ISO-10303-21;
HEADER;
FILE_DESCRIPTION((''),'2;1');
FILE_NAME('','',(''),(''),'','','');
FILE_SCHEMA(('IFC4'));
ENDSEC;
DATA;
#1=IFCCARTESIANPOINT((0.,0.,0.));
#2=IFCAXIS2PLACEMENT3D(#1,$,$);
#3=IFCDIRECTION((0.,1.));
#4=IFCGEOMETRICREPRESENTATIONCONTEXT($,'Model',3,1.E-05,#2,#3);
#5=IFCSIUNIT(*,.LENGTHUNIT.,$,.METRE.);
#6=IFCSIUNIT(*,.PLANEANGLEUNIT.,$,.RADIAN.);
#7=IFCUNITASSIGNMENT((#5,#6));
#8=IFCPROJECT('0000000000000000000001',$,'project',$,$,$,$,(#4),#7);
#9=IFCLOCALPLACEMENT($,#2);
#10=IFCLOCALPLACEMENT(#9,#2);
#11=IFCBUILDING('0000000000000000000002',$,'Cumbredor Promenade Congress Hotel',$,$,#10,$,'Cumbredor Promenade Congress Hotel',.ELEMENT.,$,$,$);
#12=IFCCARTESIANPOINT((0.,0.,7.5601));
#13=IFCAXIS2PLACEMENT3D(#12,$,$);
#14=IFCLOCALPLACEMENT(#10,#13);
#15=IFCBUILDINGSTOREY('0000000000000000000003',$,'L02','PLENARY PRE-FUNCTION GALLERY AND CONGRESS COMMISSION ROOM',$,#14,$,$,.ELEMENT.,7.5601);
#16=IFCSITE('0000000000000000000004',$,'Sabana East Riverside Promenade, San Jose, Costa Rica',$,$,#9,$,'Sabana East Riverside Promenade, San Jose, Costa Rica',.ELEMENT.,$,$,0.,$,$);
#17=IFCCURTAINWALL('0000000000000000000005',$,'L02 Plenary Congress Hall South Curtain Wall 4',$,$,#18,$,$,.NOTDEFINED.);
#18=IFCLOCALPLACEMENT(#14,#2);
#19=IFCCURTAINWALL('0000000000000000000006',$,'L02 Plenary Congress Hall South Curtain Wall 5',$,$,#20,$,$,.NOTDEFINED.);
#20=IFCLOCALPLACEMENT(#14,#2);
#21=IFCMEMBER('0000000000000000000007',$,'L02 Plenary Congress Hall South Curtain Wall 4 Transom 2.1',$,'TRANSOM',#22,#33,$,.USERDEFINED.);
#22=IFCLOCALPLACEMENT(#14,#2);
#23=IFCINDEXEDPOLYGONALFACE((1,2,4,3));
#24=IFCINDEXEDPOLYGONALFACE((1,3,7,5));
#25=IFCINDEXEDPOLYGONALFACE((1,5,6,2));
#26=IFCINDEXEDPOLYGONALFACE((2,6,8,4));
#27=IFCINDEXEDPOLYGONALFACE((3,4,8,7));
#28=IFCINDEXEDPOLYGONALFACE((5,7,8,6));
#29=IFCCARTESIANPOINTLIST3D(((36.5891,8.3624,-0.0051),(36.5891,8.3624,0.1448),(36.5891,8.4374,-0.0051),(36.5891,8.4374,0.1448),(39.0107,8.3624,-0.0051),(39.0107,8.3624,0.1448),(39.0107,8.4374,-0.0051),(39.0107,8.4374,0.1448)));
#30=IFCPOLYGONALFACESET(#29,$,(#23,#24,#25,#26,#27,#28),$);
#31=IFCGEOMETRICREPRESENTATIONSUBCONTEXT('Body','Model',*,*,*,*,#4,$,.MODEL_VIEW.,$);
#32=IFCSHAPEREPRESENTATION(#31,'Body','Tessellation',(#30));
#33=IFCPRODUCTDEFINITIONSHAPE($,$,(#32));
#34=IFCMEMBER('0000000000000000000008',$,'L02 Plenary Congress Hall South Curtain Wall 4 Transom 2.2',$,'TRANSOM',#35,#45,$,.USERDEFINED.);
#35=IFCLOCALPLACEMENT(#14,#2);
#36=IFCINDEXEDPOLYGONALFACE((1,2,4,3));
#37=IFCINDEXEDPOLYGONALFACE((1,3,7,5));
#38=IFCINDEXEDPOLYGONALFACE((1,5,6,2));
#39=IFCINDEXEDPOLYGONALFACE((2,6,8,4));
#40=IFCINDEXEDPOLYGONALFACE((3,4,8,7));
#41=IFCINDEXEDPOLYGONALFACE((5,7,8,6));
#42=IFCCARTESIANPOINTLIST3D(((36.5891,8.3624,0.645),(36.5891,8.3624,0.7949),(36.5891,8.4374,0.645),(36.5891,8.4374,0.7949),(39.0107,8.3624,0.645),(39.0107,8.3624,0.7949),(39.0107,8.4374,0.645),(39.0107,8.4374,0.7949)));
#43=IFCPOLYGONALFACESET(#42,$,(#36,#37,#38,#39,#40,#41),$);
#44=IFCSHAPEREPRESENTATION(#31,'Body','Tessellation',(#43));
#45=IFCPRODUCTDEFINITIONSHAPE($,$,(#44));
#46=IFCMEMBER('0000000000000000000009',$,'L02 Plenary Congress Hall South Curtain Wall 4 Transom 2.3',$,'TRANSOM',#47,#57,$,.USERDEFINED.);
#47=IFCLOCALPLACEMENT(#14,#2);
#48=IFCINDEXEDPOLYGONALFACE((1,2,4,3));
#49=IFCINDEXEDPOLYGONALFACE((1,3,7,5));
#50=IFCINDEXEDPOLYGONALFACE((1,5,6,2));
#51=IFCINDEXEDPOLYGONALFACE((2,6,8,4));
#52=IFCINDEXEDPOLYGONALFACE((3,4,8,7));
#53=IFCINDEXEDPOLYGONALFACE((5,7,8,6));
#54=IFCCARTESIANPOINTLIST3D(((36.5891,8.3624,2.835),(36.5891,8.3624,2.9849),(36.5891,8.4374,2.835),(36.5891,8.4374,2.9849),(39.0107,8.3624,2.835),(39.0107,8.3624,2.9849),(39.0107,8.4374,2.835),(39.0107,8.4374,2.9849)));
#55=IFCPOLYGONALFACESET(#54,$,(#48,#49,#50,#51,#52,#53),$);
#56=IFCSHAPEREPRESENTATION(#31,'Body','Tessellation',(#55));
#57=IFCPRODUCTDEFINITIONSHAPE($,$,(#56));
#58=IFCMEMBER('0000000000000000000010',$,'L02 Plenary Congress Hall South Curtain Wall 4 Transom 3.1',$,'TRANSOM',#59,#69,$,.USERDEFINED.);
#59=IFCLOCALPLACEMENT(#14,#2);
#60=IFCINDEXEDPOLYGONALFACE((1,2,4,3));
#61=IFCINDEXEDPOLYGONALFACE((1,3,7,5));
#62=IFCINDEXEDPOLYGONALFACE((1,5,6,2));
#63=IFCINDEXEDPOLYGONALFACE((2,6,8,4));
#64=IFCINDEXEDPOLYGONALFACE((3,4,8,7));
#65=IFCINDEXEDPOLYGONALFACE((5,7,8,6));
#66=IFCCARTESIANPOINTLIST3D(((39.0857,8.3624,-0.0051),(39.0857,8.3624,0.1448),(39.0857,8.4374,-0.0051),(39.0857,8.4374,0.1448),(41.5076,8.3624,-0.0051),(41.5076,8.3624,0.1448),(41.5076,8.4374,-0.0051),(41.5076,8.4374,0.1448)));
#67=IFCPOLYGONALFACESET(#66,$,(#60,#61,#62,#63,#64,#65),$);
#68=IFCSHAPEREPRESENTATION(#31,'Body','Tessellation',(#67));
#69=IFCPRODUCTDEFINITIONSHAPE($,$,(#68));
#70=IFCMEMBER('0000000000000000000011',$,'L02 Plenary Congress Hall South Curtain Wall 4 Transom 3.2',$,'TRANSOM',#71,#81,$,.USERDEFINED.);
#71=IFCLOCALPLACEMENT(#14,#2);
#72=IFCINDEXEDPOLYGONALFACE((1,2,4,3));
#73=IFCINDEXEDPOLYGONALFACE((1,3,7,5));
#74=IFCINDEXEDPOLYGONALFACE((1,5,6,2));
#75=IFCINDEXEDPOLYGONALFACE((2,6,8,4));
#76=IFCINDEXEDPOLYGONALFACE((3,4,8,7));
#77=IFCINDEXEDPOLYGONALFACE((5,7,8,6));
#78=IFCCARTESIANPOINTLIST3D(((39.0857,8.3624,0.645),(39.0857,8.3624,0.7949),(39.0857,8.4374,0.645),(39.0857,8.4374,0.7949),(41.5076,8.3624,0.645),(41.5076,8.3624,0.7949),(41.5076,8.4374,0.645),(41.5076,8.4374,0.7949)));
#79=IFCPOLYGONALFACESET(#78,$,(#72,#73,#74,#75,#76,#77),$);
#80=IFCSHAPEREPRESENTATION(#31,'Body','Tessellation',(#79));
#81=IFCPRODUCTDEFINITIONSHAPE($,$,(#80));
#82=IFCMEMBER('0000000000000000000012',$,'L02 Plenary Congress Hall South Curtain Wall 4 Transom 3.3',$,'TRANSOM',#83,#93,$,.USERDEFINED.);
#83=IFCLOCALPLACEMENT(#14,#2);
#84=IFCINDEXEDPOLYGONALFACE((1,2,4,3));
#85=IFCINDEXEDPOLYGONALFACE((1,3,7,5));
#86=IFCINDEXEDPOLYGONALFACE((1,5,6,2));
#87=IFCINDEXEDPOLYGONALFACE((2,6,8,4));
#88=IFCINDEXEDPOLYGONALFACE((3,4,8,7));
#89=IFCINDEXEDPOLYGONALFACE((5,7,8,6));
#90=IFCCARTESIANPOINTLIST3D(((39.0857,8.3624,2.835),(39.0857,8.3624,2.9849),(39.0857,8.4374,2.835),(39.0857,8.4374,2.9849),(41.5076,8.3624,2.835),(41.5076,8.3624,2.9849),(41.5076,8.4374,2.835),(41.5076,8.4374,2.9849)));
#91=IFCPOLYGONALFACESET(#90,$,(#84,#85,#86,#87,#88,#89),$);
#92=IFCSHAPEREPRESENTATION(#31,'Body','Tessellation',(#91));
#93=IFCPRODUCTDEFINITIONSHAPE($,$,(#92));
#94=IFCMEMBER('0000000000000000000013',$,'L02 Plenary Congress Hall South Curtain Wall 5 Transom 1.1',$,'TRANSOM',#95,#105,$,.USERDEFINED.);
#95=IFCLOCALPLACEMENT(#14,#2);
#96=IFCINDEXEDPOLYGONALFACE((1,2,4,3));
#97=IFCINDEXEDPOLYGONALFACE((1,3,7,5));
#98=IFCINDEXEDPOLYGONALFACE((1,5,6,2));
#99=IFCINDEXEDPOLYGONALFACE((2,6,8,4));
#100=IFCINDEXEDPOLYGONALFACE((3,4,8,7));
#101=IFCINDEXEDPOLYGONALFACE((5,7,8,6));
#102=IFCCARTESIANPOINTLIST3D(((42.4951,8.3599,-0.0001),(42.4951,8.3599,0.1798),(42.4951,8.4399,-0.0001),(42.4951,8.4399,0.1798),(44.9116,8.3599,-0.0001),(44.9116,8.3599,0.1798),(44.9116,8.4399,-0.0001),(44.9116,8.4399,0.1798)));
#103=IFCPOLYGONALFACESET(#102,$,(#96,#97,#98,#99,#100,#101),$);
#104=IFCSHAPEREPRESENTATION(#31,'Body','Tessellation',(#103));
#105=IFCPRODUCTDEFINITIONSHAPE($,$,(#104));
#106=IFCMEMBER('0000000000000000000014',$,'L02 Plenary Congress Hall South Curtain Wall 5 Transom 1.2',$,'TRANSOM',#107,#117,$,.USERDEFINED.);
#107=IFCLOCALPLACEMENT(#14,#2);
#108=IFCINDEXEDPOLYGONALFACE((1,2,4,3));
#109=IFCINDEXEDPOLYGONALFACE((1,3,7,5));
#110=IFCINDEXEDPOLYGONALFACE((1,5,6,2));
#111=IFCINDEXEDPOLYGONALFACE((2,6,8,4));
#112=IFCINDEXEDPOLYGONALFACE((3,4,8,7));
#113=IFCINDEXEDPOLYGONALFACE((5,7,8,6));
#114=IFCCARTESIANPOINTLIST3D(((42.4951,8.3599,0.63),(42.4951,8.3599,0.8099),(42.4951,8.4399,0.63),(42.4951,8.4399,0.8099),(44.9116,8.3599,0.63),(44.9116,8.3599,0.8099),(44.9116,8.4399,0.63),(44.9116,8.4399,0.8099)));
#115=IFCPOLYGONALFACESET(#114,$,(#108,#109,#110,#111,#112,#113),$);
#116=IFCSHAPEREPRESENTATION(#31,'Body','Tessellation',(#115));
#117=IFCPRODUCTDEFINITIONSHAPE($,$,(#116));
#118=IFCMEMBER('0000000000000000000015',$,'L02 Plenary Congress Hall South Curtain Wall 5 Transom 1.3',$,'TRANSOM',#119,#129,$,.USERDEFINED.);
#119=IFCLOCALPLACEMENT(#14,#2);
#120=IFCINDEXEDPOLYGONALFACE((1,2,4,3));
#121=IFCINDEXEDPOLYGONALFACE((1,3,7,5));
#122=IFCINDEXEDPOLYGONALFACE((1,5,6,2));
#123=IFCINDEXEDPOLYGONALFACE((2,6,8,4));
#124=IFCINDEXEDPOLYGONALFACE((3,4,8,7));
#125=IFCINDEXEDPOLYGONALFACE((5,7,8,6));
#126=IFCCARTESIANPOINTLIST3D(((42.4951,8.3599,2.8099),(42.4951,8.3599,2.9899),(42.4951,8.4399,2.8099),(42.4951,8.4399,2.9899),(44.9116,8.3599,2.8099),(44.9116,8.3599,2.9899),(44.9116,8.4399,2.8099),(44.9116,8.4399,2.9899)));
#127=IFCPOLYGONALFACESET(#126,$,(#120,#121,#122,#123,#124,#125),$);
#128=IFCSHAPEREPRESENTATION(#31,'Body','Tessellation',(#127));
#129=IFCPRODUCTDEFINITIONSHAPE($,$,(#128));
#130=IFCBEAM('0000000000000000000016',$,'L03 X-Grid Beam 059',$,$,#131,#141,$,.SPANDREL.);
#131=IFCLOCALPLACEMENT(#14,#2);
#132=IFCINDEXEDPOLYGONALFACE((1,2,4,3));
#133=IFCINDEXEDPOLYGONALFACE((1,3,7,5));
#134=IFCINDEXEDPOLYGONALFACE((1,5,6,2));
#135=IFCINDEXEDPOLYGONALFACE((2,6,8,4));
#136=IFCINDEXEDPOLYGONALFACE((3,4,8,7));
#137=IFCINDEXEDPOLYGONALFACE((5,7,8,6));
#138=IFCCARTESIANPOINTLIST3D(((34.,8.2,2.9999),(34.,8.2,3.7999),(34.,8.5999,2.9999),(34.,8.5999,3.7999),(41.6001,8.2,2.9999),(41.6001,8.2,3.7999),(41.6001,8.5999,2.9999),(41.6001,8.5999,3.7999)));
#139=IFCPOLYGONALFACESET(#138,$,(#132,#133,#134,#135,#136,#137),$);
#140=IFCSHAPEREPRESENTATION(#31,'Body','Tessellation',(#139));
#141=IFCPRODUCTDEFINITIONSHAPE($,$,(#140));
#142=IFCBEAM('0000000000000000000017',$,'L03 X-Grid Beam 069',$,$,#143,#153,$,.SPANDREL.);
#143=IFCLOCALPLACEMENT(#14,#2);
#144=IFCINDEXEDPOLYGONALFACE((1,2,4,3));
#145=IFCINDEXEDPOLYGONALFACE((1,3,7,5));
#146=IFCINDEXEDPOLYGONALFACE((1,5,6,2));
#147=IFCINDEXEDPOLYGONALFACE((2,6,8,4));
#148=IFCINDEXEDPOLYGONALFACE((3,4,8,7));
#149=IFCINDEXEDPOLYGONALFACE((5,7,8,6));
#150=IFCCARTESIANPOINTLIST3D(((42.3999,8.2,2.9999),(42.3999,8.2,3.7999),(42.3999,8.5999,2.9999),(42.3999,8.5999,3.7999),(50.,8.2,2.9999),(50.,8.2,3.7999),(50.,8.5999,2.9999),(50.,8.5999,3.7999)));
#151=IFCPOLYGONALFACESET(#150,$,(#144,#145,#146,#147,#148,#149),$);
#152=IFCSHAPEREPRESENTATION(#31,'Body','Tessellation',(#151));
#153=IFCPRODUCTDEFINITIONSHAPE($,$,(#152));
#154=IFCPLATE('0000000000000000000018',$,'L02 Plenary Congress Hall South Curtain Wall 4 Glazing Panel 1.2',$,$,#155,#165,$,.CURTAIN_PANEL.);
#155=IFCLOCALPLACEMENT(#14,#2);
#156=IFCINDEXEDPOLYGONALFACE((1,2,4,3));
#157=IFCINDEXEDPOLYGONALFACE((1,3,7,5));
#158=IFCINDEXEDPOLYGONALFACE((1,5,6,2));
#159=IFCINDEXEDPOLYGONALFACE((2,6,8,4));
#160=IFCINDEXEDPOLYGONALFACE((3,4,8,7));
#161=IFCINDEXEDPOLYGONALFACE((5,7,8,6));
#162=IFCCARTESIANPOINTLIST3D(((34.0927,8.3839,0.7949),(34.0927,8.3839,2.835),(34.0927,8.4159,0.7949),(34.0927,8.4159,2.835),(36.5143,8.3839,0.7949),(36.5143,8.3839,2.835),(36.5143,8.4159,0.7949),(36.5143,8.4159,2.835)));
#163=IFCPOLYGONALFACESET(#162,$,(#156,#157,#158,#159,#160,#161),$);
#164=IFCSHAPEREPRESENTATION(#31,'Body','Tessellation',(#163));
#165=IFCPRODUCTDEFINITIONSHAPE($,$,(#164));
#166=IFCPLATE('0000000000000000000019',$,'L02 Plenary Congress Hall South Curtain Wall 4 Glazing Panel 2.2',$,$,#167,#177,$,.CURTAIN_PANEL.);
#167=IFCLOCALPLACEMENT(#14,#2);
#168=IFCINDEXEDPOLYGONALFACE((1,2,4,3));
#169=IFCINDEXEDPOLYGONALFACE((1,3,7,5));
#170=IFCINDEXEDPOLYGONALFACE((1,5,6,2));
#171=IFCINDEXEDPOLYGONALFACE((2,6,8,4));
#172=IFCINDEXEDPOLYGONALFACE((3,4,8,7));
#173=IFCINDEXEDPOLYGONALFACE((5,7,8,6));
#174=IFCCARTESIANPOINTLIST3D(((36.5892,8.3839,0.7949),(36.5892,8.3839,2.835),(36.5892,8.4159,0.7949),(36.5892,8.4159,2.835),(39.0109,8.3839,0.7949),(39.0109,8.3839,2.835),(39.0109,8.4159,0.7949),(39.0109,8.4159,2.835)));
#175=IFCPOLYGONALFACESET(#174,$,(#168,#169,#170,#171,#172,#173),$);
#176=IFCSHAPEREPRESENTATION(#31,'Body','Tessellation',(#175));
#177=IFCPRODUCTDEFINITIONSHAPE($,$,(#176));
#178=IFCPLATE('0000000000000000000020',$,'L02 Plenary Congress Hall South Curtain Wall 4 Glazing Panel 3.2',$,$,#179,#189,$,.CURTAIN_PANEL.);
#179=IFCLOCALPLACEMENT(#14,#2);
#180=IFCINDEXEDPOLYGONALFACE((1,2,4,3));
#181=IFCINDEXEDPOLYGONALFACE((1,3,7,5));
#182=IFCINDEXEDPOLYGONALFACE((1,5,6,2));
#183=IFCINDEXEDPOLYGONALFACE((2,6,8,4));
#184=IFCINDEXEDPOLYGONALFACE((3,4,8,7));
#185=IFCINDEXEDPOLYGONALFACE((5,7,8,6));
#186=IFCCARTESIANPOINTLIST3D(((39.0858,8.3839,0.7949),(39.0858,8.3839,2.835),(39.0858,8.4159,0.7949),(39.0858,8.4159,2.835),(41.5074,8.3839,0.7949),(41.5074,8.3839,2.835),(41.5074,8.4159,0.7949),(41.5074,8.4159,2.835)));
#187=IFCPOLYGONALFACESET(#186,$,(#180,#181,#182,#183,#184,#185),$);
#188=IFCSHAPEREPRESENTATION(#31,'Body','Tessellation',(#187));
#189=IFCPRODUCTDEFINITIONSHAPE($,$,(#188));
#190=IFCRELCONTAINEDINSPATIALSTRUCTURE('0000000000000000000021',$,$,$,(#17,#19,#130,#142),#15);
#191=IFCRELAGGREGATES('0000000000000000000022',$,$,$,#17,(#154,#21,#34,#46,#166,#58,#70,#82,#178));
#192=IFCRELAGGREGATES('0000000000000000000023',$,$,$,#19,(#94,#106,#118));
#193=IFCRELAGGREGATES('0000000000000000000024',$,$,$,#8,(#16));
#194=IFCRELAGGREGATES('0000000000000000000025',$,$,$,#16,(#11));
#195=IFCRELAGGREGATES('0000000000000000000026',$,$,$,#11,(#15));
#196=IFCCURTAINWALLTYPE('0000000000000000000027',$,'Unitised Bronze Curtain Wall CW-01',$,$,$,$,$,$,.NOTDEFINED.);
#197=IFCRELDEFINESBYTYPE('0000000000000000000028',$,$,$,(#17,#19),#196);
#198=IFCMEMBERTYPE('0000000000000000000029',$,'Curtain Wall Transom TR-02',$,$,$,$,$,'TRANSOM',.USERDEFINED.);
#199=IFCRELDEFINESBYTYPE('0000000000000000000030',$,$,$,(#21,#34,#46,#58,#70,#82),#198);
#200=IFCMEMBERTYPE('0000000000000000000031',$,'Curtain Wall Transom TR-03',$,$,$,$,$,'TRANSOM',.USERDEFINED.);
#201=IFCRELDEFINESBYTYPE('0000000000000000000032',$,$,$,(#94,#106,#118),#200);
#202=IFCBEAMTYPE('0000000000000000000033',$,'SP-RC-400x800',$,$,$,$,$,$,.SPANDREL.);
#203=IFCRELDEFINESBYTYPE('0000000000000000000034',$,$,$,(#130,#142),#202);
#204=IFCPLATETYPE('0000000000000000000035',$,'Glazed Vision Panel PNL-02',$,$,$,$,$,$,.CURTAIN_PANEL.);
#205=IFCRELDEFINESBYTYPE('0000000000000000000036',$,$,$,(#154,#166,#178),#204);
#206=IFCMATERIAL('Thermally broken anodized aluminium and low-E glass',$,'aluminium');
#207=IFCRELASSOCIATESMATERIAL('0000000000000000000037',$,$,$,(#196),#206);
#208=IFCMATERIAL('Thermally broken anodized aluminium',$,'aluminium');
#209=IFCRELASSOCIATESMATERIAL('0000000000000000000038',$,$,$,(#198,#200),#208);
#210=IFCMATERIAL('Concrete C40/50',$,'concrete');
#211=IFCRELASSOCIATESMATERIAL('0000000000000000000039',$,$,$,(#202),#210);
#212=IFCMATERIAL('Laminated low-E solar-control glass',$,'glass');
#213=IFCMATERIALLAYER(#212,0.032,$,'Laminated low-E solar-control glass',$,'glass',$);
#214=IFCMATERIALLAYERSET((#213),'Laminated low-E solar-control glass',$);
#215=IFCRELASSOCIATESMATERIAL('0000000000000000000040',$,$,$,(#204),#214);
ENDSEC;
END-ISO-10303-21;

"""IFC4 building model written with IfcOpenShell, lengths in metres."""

from ifc_helpers import new_model, si_unit, direction, frame, origin, origin_2d, place, context, subcontext, project, spatial, rectangle, extrude, material, layer, layer_set, material_profile, profile_set, type_object, element, aggregate, save


model = new_model("IFC4")

# Units and contexts
model_context = context("Model", 3, precision=1e-05, world=origin(), true_north=direction((0.0, 1.0)))
body_context = subcontext(model_context, "Body", "Model", "MODEL_VIEW")
ifc_project = project(units=[si_unit("LENGTHUNIT", "METRE"), si_unit("PLANEANGLEUNIT", "RADIAN")], contexts=[model_context])

# Site, building, storey
site_placement = place(None, origin())
site = spatial("IfcSite", under=ifc_project, at=site_placement, Name="Sabana East Riverside Promenade, San Jose, Costa Rica", LongName="Sabana East Riverside Promenade, San Jose, Costa Rica", CompositionType="ELEMENT", RefElevation=0.0)
building_placement = place(site_placement, origin())
building = spatial("IfcBuilding", under=site, at=building_placement, Name="Cumbredor Promenade Congress Hotel", LongName="Cumbredor Promenade Congress Hotel", CompositionType="ELEMENT")
storey_placement = place(building_placement, frame((0.0, 0.0, 7.5601)))
storey = spatial("IfcBuildingStorey", under=building, at=storey_placement, Name="L02", Description="PLENARY PRE-FUNCTION GALLERY AND CONGRESS COMMISSION ROOM", CompositionType="ELEMENT", Elevation=7.5601)

# Shared definitions
ifc_material_1 = material(Name="Concrete C40/50", Category="concrete")

# Curtain walls
ifc_material_2 = material(Name="Thermally broken anodized aluminium and low-E glass", Category="aluminium")
curtain_wall_type = type_object("IfcCurtainWallType", Name="Unitised Bronze Curtain Wall CW-01", PredefinedType="NOTDEFINED", material=ifc_material_2)
curtain_wall_1_placement = place(storey_placement, origin())
curtain_wall_1 = element("IfcCurtainWall", 1, at=curtain_wall_1_placement, inside=storey, type_object=curtain_wall_type, Name="L02 Plenary Congress Hall South Curtain Wall 4", PredefinedType="NOTDEFINED")
ifc_material_3 = material(Name="Thermally broken anodized aluminium", Category="aluminium")
curtain_wall_2_placement = place(storey_placement, origin())
curtain_wall_2 = element("IfcCurtainWall", 2, at=curtain_wall_2_placement, inside=storey, type_object=curtain_wall_type, Name="L02 Plenary Congress Hall South Curtain Wall 5", PredefinedType="NOTDEFINED")

# Members
ifc_material_profile_1 = material_profile(ifc_material_3, rectangle(XDim=0.075, YDim=0.1499, at=origin_2d()), Name="ALU TRANSOM 75x150")
ifc_profile_set_1 = profile_set([ifc_material_profile_1], Name="Thermally broken anodized aluminium")
member_type_1 = type_object("IfcMemberType", Name="Curtain Wall Transom TR-02", ElementType="TRANSOM", PredefinedType="USERDEFINED", material=ifc_profile_set_1)
member_1_placement = place(storey_placement, frame((36.5891, 8.3999, 0.0698), z_axis=(1.0, 0.0, 0.0), x_axis=(0.0, 1.0, 0.0)))
member_1 = element("IfcMember", 3, at=member_1_placement, type_object=member_type_1, Name="L02 Plenary Congress Hall South Curtain Wall 4 Transom 2.1", ObjectType="TRANSOM", PredefinedType="USERDEFINED", context=body_context, shape_type="SweptSolid", body=[
    extrude(rectangle(XDim=0.075, YDim=0.1499, at=origin_2d()), origin(), (0.0, 0.0, 1.0), 2.4216),
])
member_2_placement = place(storey_placement, frame((36.5891, 8.3999, 0.72), z_axis=(1.0, 0.0, 0.0), x_axis=(0.0, 1.0, 0.0)))
member_2 = element("IfcMember", 4, at=member_2_placement, type_object=member_type_1, Name="L02 Plenary Congress Hall South Curtain Wall 4 Transom 2.2", ObjectType="TRANSOM", PredefinedType="USERDEFINED", context=body_context, shape_type="SweptSolid", body=[
    extrude(rectangle(XDim=0.075, YDim=0.1499, at=origin_2d()), origin(), (0.0, 0.0, 1.0), 2.4216),
])
member_3_placement = place(storey_placement, frame((36.5891, 8.3999, 2.9099), z_axis=(1.0, 0.0, 0.0), x_axis=(0.0, 1.0, 0.0)))
member_3 = element("IfcMember", 5, at=member_3_placement, type_object=member_type_1, Name="L02 Plenary Congress Hall South Curtain Wall 4 Transom 2.3", ObjectType="TRANSOM", PredefinedType="USERDEFINED", context=body_context, shape_type="SweptSolid", body=[
    extrude(rectangle(XDim=0.075, YDim=0.1499, at=origin_2d()), origin(), (0.0, 0.0, 1.0), 2.4216),
])
member_4_placement = place(storey_placement, frame((39.0857, 8.3999, 0.0698), z_axis=(1.0, 0.0, 0.0), x_axis=(0.0, 1.0, 0.0)))
member_4 = element("IfcMember", 6, at=member_4_placement, type_object=member_type_1, Name="L02 Plenary Congress Hall South Curtain Wall 4 Transom 3.1", ObjectType="TRANSOM", PredefinedType="USERDEFINED", context=body_context, shape_type="SweptSolid", body=[
    extrude(rectangle(XDim=0.075, YDim=0.1499, at=origin_2d()), origin(), (0.0, 0.0, 1.0), 2.4219),
])
member_5_placement = place(storey_placement, frame((39.0857, 8.3999, 0.72), z_axis=(1.0, 0.0, 0.0), x_axis=(0.0, 1.0, 0.0)))
member_5 = element("IfcMember", 7, at=member_5_placement, type_object=member_type_1, Name="L02 Plenary Congress Hall South Curtain Wall 4 Transom 3.2", ObjectType="TRANSOM", PredefinedType="USERDEFINED", context=body_context, shape_type="SweptSolid", body=[
    extrude(rectangle(XDim=0.075, YDim=0.1499, at=origin_2d()), origin(), (0.0, 0.0, 1.0), 2.4219),
])
member_6_placement = place(storey_placement, frame((39.0857, 8.3999, 2.9099), z_axis=(1.0, 0.0, 0.0), x_axis=(0.0, 1.0, 0.0)))
member_6 = element("IfcMember", 8, at=member_6_placement, type_object=member_type_1, Name="L02 Plenary Congress Hall South Curtain Wall 4 Transom 3.3", ObjectType="TRANSOM", PredefinedType="USERDEFINED", context=body_context, shape_type="SweptSolid", body=[
    extrude(rectangle(XDim=0.075, YDim=0.1499, at=origin_2d()), origin(), (0.0, 0.0, 1.0), 2.4219),
])
ifc_material_profile_2 = material_profile(ifc_material_3, rectangle(XDim=0.0801, YDim=0.1799, at=origin_2d()), Name="ALU TRANSOM 80x180")
ifc_profile_set_2 = profile_set([ifc_material_profile_2], Name="Thermally broken anodized aluminium")
member_type_2 = type_object("IfcMemberType", Name="Curtain Wall Transom TR-03", ElementType="TRANSOM", PredefinedType="USERDEFINED", material=ifc_profile_set_2)
member_7_placement = place(storey_placement, frame((42.4951, 8.3999, 0.0898), z_axis=(1.0, 0.0, 0.0), x_axis=(0.0, 1.0, 0.0)))
member_7 = element("IfcMember", 9, at=member_7_placement, type_object=member_type_2, Name="L02 Plenary Congress Hall South Curtain Wall 5 Transom 1.1", ObjectType="TRANSOM", PredefinedType="USERDEFINED", context=body_context, shape_type="SweptSolid", body=[
    extrude(rectangle(XDim=0.0801, YDim=0.1799, at=origin_2d()), origin(), (0.0, 0.0, 1.0), 2.4165),
])
member_8_placement = place(storey_placement, frame((42.4951, 8.3999, 0.72), z_axis=(1.0, 0.0, 0.0), x_axis=(0.0, 1.0, 0.0)))
member_8 = element("IfcMember", 10, at=member_8_placement, type_object=member_type_2, Name="L02 Plenary Congress Hall South Curtain Wall 5 Transom 1.2", ObjectType="TRANSOM", PredefinedType="USERDEFINED", context=body_context, shape_type="SweptSolid", body=[
    extrude(rectangle(XDim=0.0801, YDim=0.1799, at=origin_2d()), origin(), (0.0, 0.0, 1.0), 2.4165),
])
member_9_placement = place(storey_placement, frame((42.4951, 8.3999, 2.8999), z_axis=(1.0, 0.0, 0.0), x_axis=(0.0, 1.0, 0.0)))
member_9 = element("IfcMember", 11, at=member_9_placement, type_object=member_type_2, Name="L02 Plenary Congress Hall South Curtain Wall 5 Transom 1.3", ObjectType="TRANSOM", PredefinedType="USERDEFINED", context=body_context, shape_type="SweptSolid", body=[
    extrude(rectangle(XDim=0.0801, YDim=0.1799, at=origin_2d()), origin(), (0.0, 0.0, 1.0), 2.4165),
])

# Beams
ifc_material_profile_3 = material_profile(ifc_material_1, rectangle(XDim=0.3999, YDim=0.8, at=origin_2d()), Name="RC SPANDREL 400x800")
ifc_profile_set_3 = profile_set([ifc_material_profile_3], Name="Concrete C40/50")
beam_type_1 = type_object("IfcBeamType", Name="SP-RC-400x800", PredefinedType="SPANDREL", material=ifc_profile_set_3)
for number, where, z_axis, x_axis, name in (
    (12, (34.0, 8.3999, 3.3999), (1.0, 0.0, 0.0), (0.0, 1.0, 0.0), "L03 X-Grid Beam 059"),
    (13, (42.3999, 8.3999, 3.3999), (1.0, 0.0, 0.0), (0.0, 1.0, 0.0), "L03 X-Grid Beam 069"),
):
    element("IfcBeam", number, at=place(storey_placement, frame(where, z_axis=z_axis, x_axis=x_axis)), inside=storey, type_object=beam_type_1, Name=name, PredefinedType="SPANDREL", context=body_context, shape_type="SweptSolid", body=[
        extrude(rectangle(XDim=0.3999, YDim=0.8, at=origin_2d()), origin(), (0.0, 0.0, 1.0), 7.6001),
    ])

# Plates
ifc_material_4 = material(Name="Laminated low-E solar-control glass", Category="glass")
ifc_layer_1 = layer(ifc_material_4, 0.032, Name="Laminated low-E solar-control glass", Category="glass")
ifc_layer_set_1 = layer_set([ifc_layer_1], Name="Laminated low-E solar-control glass")
plate_type_1 = type_object("IfcPlateType", Name="Glazed Vision Panel PNL-02", PredefinedType="CURTAIN_PANEL", material=ifc_layer_set_1)
plate_1_placement = place(storey_placement, frame((35.3035, 8.3999, 0.7949), z_axis=(0.0, 0.0, 1.0), x_axis=(1.0, 0.0, 0.0)))
plate_1 = element("IfcPlate", 14, at=plate_1_placement, type_object=plate_type_1, Name="L02 Plenary Congress Hall South Curtain Wall 4 Glazing Panel 1.2", PredefinedType="CURTAIN_PANEL", context=body_context, shape_type="SweptSolid", body=[
    extrude(rectangle(XDim=2.4216, YDim=0.032, at=origin_2d()), origin(), (0.0, 0.0, 1.0), 2.04),
])
plate_2_placement = place(storey_placement, frame((37.8, 8.3999, 0.7949), z_axis=(0.0, 0.0, 1.0), x_axis=(1.0, 0.0, 0.0)))
plate_2 = element("IfcPlate", 15, at=plate_2_placement, type_object=plate_type_1, Name="L02 Plenary Congress Hall South Curtain Wall 4 Glazing Panel 2.2", PredefinedType="CURTAIN_PANEL", context=body_context, shape_type="SweptSolid", body=[
    extrude(rectangle(XDim=2.4216, YDim=0.032, at=origin_2d()), origin(), (0.0, 0.0, 1.0), 2.04),
])
plate_3_placement = place(storey_placement, frame((40.2966, 8.3999, 0.7949), z_axis=(0.0, 0.0, 1.0), x_axis=(1.0, 0.0, 0.0)))
plate_3 = element("IfcPlate", 16, at=plate_3_placement, type_object=plate_type_1, Name="L02 Plenary Congress Hall South Curtain Wall 4 Glazing Panel 3.2", PredefinedType="CURTAIN_PANEL", context=body_context, shape_type="SweptSolid", body=[
    extrude(rectangle(XDim=2.4216, YDim=0.032, at=origin_2d()), origin(), (0.0, 0.0, 1.0), 2.04),
])
aggregate(curtain_wall_1, [plate_1, member_1, member_2, member_3, plate_2, member_4, member_5, member_6, plate_3])
aggregate(curtain_wall_2, [member_7, member_8, member_9])

save(model, "model.ifc")
